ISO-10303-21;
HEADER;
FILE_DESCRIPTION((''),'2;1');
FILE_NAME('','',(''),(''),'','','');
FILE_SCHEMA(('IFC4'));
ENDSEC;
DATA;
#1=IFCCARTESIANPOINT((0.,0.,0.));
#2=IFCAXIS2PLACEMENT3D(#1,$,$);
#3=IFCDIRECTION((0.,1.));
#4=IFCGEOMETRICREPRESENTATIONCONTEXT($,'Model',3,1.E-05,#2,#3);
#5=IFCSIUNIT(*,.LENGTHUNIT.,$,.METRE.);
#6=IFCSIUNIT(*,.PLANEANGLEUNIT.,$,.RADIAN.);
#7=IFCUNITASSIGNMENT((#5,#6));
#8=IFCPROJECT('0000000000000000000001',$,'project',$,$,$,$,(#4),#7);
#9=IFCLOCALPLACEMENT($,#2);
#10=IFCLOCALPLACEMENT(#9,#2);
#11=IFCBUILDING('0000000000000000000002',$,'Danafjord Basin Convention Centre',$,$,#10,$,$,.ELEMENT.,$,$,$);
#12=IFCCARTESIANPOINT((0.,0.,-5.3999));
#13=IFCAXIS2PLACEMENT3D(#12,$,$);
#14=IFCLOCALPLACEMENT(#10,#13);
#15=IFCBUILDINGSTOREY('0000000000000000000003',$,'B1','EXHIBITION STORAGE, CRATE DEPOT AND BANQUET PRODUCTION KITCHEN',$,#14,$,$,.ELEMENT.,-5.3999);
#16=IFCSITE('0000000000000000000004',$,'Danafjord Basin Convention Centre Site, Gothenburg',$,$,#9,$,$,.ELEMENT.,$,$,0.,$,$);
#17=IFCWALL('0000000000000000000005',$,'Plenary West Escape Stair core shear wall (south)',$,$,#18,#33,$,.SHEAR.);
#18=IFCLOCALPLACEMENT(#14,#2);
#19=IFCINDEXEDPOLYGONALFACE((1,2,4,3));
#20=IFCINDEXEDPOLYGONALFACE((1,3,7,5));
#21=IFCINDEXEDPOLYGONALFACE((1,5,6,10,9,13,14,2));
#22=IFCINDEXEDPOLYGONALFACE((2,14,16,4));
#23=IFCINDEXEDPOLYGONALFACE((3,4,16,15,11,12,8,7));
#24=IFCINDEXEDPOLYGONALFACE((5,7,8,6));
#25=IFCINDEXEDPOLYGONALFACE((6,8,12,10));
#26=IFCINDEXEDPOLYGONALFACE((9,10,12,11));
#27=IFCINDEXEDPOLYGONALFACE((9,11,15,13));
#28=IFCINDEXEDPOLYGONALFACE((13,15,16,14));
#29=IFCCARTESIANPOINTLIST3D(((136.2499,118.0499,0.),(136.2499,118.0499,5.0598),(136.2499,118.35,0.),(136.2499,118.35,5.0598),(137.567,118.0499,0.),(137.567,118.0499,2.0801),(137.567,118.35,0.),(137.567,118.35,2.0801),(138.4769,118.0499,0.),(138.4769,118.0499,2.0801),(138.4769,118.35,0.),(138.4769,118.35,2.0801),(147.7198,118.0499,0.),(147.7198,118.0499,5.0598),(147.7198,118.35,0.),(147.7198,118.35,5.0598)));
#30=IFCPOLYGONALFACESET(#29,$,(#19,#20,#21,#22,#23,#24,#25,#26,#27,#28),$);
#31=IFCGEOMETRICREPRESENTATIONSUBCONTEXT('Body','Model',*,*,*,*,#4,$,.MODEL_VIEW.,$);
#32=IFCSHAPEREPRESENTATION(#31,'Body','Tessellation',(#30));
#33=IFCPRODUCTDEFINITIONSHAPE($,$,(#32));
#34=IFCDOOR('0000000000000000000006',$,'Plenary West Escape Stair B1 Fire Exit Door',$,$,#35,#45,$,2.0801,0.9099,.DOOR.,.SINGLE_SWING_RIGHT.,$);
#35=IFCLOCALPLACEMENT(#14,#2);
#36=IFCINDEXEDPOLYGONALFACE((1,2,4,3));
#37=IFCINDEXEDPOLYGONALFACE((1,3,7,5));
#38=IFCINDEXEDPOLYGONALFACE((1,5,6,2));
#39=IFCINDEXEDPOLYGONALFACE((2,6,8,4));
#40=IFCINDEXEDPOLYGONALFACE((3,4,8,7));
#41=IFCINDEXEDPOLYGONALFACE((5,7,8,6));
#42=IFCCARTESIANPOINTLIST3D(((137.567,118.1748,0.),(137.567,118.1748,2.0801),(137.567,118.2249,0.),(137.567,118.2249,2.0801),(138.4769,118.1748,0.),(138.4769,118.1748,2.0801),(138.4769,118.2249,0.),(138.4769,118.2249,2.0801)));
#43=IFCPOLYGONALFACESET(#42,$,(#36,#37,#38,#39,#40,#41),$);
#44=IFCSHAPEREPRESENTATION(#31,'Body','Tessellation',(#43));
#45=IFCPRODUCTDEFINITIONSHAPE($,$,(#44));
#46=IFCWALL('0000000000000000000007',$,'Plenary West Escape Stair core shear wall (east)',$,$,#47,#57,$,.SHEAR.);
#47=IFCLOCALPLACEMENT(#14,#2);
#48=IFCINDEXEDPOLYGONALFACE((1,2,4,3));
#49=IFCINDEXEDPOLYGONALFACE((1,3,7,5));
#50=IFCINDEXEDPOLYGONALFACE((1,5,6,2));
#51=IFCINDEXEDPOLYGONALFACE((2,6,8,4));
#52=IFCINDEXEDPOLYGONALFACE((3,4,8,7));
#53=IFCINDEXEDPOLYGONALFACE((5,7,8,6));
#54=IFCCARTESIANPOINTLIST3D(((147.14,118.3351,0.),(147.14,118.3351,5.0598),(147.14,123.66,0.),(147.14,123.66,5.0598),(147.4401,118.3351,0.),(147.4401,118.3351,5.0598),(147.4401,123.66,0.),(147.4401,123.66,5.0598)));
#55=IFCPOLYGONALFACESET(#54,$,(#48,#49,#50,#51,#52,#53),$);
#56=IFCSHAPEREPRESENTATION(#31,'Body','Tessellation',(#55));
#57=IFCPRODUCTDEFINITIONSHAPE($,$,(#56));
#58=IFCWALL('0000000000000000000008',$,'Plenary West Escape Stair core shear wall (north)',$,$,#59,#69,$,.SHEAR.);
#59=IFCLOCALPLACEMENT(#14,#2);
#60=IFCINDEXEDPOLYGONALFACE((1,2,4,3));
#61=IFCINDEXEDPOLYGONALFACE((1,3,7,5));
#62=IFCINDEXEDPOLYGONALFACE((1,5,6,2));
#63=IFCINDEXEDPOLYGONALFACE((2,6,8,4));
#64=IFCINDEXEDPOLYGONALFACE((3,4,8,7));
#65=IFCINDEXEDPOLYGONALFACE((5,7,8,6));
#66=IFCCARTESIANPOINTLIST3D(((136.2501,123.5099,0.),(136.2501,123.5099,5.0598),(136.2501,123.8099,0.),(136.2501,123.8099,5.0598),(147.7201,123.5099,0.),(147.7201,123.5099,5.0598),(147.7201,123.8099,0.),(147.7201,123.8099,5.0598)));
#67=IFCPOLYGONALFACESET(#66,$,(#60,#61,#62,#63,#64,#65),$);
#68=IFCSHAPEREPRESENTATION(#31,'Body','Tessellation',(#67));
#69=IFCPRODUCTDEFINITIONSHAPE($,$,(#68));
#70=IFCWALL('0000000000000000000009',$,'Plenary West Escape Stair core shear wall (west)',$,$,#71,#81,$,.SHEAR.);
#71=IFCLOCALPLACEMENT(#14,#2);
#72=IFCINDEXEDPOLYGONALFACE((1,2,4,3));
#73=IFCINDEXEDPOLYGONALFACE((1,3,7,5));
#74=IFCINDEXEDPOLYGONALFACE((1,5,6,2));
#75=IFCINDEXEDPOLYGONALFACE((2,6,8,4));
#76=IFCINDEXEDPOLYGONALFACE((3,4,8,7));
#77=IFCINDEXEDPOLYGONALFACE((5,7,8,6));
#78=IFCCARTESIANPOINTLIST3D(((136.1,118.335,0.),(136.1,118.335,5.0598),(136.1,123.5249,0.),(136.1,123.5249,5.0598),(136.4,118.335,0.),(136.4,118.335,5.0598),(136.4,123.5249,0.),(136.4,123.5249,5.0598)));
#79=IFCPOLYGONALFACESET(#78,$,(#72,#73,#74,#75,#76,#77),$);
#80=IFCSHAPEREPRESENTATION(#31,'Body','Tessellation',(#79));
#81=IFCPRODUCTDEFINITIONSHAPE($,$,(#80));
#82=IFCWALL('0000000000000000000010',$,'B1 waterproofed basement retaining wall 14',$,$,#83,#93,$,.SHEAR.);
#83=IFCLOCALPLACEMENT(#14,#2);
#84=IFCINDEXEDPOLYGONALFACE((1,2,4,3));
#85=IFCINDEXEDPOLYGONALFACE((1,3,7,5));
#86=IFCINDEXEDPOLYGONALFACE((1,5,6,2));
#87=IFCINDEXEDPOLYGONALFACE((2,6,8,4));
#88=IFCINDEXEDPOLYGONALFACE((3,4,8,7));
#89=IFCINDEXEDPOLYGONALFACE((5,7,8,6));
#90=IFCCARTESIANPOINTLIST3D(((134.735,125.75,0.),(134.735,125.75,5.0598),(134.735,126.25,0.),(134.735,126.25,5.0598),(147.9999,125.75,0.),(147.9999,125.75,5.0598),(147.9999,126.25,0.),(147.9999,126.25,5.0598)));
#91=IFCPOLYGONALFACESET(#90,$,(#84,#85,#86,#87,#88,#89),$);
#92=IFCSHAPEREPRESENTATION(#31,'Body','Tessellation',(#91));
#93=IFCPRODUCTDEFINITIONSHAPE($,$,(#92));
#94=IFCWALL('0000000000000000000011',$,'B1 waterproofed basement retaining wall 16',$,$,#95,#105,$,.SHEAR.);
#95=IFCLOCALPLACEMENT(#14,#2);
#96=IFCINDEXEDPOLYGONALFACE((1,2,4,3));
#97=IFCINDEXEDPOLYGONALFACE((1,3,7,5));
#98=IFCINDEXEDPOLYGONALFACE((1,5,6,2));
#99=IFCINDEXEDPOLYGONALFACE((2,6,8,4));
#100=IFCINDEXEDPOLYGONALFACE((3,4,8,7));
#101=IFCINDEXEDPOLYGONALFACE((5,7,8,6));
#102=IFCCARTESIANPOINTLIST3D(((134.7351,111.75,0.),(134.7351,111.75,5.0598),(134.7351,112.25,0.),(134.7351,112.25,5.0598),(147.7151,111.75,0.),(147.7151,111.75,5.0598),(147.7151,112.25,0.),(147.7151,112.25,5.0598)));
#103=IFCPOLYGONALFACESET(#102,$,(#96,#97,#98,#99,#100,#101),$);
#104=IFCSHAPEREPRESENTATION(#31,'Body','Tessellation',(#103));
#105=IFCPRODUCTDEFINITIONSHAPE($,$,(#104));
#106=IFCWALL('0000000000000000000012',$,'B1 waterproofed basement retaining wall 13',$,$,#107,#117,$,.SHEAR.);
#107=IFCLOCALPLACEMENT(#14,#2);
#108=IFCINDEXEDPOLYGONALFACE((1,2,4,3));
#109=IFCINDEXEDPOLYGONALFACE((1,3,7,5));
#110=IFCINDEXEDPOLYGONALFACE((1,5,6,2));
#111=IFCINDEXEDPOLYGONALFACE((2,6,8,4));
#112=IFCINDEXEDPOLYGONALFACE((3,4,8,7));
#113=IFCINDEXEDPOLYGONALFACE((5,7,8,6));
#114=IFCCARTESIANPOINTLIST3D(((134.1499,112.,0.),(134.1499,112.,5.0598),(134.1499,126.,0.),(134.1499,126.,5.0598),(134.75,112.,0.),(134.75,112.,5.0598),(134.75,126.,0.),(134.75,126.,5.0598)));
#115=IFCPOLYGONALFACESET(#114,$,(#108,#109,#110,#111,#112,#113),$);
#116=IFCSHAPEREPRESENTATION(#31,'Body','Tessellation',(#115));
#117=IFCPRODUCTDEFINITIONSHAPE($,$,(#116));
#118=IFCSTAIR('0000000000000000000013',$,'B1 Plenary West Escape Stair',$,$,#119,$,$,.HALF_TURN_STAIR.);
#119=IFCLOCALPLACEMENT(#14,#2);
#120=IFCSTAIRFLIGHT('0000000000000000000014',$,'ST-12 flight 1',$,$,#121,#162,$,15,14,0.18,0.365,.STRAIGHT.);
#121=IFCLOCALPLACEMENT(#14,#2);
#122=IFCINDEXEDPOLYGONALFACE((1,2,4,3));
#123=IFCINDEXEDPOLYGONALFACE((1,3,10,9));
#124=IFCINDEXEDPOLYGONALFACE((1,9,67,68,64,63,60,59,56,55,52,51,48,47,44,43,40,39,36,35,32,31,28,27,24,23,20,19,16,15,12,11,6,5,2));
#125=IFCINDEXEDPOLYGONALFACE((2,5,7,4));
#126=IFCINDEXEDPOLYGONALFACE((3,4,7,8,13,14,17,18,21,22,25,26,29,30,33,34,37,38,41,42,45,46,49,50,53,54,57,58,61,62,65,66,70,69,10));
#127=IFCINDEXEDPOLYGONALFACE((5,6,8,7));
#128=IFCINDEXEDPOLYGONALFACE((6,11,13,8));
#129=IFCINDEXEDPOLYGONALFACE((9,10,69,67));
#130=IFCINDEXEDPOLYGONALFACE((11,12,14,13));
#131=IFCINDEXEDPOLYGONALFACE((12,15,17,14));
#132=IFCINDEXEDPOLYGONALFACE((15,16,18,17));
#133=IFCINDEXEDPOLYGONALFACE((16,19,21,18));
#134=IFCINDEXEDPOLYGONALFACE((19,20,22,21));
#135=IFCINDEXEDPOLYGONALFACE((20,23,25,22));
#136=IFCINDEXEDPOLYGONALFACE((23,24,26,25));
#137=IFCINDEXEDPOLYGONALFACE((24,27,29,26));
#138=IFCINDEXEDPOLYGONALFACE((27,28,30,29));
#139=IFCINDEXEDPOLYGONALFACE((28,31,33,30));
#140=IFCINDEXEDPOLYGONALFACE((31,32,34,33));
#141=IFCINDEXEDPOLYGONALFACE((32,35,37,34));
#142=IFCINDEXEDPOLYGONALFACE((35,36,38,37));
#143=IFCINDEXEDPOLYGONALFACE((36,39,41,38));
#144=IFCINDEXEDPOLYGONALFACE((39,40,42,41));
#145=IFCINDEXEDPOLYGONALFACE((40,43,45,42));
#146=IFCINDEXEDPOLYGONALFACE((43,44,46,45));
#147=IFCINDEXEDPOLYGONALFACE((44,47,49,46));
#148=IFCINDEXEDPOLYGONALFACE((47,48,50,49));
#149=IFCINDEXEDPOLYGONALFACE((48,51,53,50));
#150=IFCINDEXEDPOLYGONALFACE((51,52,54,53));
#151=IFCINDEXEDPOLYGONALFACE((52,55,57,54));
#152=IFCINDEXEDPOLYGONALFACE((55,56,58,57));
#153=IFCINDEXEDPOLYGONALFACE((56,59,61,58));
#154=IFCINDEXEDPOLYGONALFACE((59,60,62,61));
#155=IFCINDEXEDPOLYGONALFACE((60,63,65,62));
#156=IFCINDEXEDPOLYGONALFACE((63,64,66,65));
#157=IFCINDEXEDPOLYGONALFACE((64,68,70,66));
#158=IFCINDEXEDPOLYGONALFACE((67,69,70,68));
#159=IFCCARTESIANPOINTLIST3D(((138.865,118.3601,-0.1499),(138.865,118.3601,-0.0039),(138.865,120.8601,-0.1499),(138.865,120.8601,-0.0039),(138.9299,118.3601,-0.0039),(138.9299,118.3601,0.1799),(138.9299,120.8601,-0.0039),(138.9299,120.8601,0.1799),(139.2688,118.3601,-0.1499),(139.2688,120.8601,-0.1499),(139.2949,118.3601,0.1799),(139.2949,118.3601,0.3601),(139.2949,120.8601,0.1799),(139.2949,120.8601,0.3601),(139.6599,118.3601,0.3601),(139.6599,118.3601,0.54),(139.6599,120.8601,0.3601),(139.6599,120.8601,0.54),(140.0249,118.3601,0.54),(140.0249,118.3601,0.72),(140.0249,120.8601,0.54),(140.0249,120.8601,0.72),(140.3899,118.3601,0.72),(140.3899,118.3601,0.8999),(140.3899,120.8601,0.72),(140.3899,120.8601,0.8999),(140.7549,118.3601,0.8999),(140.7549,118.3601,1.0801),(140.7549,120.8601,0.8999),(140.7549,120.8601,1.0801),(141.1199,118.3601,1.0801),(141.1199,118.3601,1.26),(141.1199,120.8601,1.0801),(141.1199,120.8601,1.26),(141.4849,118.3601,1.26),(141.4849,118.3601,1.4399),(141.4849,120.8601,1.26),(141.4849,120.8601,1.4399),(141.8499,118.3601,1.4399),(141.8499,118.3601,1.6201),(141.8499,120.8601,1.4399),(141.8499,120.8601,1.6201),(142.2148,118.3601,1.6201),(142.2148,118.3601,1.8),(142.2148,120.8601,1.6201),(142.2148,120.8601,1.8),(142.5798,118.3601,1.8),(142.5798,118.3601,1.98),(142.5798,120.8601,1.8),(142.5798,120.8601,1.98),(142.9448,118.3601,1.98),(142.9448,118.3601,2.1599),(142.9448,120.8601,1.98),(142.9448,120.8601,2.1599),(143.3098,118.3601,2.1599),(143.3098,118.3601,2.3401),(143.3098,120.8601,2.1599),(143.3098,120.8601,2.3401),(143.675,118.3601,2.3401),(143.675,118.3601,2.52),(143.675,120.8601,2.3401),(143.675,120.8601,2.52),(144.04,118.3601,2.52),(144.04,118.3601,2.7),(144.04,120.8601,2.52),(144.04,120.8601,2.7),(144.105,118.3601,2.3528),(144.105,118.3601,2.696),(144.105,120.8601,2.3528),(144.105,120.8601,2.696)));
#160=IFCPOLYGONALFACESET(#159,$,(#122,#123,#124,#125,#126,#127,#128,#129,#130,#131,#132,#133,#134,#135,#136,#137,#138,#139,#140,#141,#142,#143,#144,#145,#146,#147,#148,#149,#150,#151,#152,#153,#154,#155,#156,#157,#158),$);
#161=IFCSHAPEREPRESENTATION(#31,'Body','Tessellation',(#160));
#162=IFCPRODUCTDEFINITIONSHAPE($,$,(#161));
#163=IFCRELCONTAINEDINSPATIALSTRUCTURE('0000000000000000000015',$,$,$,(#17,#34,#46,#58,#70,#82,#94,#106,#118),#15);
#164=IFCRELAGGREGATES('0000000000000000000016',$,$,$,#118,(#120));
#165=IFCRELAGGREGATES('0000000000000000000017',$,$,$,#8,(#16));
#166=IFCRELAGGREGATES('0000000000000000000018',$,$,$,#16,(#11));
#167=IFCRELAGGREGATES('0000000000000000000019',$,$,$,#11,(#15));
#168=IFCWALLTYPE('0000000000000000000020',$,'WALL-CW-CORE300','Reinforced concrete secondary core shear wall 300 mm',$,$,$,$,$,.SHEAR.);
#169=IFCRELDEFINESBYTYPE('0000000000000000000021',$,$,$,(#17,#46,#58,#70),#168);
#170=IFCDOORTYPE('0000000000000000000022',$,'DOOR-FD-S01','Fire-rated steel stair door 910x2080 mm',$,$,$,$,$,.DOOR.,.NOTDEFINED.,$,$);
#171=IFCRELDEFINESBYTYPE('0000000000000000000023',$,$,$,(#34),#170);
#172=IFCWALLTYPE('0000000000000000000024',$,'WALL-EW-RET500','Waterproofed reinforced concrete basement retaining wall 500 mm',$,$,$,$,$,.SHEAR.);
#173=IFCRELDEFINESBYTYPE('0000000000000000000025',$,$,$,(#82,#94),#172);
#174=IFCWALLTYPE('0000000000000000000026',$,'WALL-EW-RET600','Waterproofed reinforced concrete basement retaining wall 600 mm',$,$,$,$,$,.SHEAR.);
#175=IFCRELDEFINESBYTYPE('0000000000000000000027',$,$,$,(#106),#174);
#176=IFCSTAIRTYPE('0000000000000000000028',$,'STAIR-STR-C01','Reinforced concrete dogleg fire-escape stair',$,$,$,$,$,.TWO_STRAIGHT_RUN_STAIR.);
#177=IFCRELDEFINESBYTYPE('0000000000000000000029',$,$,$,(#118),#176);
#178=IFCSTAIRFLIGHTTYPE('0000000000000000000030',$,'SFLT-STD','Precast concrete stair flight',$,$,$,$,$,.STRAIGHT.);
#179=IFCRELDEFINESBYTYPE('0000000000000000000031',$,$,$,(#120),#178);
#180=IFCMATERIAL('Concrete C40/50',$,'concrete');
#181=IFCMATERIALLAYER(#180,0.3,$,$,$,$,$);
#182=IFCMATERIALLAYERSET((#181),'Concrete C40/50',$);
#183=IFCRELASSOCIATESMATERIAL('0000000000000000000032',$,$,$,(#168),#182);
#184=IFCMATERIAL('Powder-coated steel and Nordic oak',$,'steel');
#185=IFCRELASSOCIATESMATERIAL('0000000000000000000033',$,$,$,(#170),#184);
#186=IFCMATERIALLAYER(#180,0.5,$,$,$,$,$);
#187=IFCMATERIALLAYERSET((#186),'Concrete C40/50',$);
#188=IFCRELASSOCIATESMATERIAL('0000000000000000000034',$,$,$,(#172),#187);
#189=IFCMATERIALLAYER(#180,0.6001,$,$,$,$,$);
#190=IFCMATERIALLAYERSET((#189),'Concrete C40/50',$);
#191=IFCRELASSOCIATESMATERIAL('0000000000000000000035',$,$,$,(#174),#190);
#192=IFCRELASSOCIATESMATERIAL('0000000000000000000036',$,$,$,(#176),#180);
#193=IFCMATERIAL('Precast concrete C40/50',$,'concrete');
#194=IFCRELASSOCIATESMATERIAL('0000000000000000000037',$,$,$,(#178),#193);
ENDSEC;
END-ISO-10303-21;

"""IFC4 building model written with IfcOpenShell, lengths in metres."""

from ifc_helpers import new_model, si_unit, direction, frame, frame_2d, origin, place, context, subcontext, project, spatial, polyline, rectangle, outline, extrude, material, layer, layer_set, type_object, element, fill, aggregate, save


model = new_model("IFC4")

# Units and contexts
model_context = context("Model", 3, precision=1e-05, world=origin(), true_north=direction((0.0, 1.0)))
body_context = subcontext(model_context, "Body", "Model", "MODEL_VIEW")
ifc_project = project(units=[si_unit("LENGTHUNIT", "METRE"), si_unit("PLANEANGLEUNIT", "RADIAN")], contexts=[model_context])

# Site, building, storey
site_placement = place(None, origin())
site = spatial("IfcSite", under=ifc_project, at=site_placement, Name="Danafjord Basin Convention Centre Site, Gothenburg", CompositionType="ELEMENT", RefElevation=0.0)
building_placement = place(site_placement, origin())
building = spatial("IfcBuilding", under=site, at=building_placement, Name="Danafjord Basin Convention Centre", CompositionType="ELEMENT")
storey_placement = place(building_placement, frame((0.0, 0.0, -5.3999)))
storey = spatial("IfcBuildingStorey", under=building, at=storey_placement, Name="B1", Description="EXHIBITION STORAGE, CRATE DEPOT AND BANQUET PRODUCTION KITCHEN", CompositionType="ELEMENT", Elevation=-5.3999)

# Shared definitions
ifc_material_1 = material(Name="Concrete C40/50", Category="concrete")

# Wall, opening, door
ifc_layer_1 = layer(ifc_material_1, 0.3)
ifc_layer_set_1 = layer_set([ifc_layer_1], Name="Concrete C40/50")
wall_type_1 = type_object("IfcWallType", Name="WALL-CW-CORE300", Description="Reinforced concrete secondary core shear wall 300 mm", PredefinedType="SHEAR", material=ifc_layer_set_1)
wall_1_placement = place(storey_placement, frame((136.25, 118.2, 0.0), z_axis=(0.0, 0.0, 1.0), x_axis=(1.0, 0.0, 0.0)))
wall_1 = element("IfcWall", 1, at=wall_1_placement, inside=storey, type_object=wall_type_1, Name="Plenary West Escape Stair core shear wall (south)", PredefinedType="SHEAR", context=body_context, shape_type="SweptSolid", body=[
    extrude(rectangle(XDim=11.47, YDim=0.3, at=frame_2d((5.7349, 0.0))), origin(), (0.0, 0.0, 1.0), 5.0598),
])
opening_placement = place(wall_1_placement, frame((1.3169, 0.0, 0.0)))
opening = element("IfcOpeningElement", 2, at=opening_placement, cuts=wall_1, PredefinedType="OPENING", context=body_context, shape_type="SweptSolid", body=[
    extrude(rectangle(XDim=0.9099, YDim=2.0801, at=frame_2d((0.4551, 1.04))), frame((0.0, 0.1599, 0.0), z_axis=(0.0, -1.0, 0.0), x_axis=(1.0, 0.0, 0.0)), (0.0, 0.0, 1.0), 0.3201),
])
ifc_material_2 = material(Name="Powder-coated steel and Nordic oak", Category="steel")
door_type = type_object("IfcDoorType", Name="DOOR-FD-S01", Description="Fire-rated steel stair door 910x2080 mm", OperationType="NOTDEFINED", PredefinedType="DOOR", material=ifc_material_2)
door_placement = place(opening_placement, origin())
door = element("IfcDoor", 3, at=door_placement, inside=storey, type_object=door_type, Name="Plenary West Escape Stair B1 Fire Exit Door", OperationType="SINGLE_SWING_RIGHT", OverallHeight=2.0801, OverallWidth=0.9099, PredefinedType="DOOR", context=body_context, shape_type="SweptSolid", body=[
    extrude(rectangle(XDim=0.9099, YDim=2.0801, at=frame_2d((0.4551, 1.04))), frame((0.0, 0.0249, 0.0), z_axis=(0.0, -1.0, 0.0), x_axis=(1.0, 0.0, 0.0)), (0.0, 0.0, 1.0), 0.05),
])
fill(opening, door)

# Walls
wall_2_placement = place(storey_placement, frame((147.29, 118.335, 0.0), z_axis=(0.0, 0.0, 1.0), x_axis=(0.0, 1.0, 0.0)))
element("IfcWall", 4, at=wall_2_placement, inside=storey, type_object=wall_type_1, Name="Plenary West Escape Stair core shear wall (east)", PredefinedType="SHEAR", context=body_context, shape_type="SweptSolid", body=[
    extrude(rectangle(XDim=5.325, YDim=0.3, at=frame_2d((2.6626, 0.0))), origin(), (0.0, 0.0, 1.0), 5.0598),
])
wall_3_placement = place(storey_placement, frame((147.72, 123.6599, 0.0), z_axis=(0.0, 0.0, 1.0), x_axis=(-1.0, 0.0, 0.0)))
element("IfcWall", 5, at=wall_3_placement, inside=storey, type_object=wall_type_1, Name="Plenary West Escape Stair core shear wall (north)", PredefinedType="SHEAR", context=body_context, shape_type="SweptSolid", body=[
    extrude(rectangle(XDim=11.47, YDim=0.3, at=frame_2d((5.7349, 0.0))), origin(), (0.0, 0.0, 1.0), 5.0598),
])
wall_4_placement = place(storey_placement, frame((136.25, 123.5249, 0.0), z_axis=(0.0, 0.0, 1.0), x_axis=(0.0, -1.0, 0.0)))
element("IfcWall", 6, at=wall_4_placement, inside=storey, type_object=wall_type_1, Name="Plenary West Escape Stair core shear wall (west)", PredefinedType="SHEAR", context=body_context, shape_type="SweptSolid", body=[
    extrude(rectangle(XDim=5.1899, YDim=0.3, at=frame_2d((2.595, 0.0))), origin(), (0.0, 0.0, 1.0), 5.0598),
])
ifc_layer_2 = layer(ifc_material_1, 0.5)
ifc_layer_set_2 = layer_set([ifc_layer_2], Name="Concrete C40/50")
wall_type_2 = type_object("IfcWallType", Name="WALL-EW-RET500", Description="Waterproofed reinforced concrete basement retaining wall 500 mm", PredefinedType="SHEAR", material=ifc_layer_set_2)
wall_5_placement = place(storey_placement, frame((134.7351, 126.0, 0.0), z_axis=(0.0, 0.0, 1.0), x_axis=(1.0, 0.0, 0.0)))
element("IfcWall", 7, at=wall_5_placement, inside=storey, type_object=wall_type_2, Name="B1 waterproofed basement retaining wall 14", PredefinedType="SHEAR", context=body_context, shape_type="SweptSolid", body=[
    extrude(rectangle(XDim=13.2649, YDim=0.5, at=frame_2d((6.6323, 0.0))), origin(), (0.0, 0.0, 1.0), 5.0598),
])
wall_6_placement = place(storey_placement, frame((147.7151, 112.0, 0.0), z_axis=(0.0, 0.0, 1.0), x_axis=(-1.0, 0.0, 0.0)))
element("IfcWall", 8, at=wall_6_placement, inside=storey, type_object=wall_type_2, Name="B1 waterproofed basement retaining wall 16", PredefinedType="SHEAR", context=body_context, shape_type="SweptSolid", body=[
    extrude(rectangle(XDim=12.98, YDim=0.5, at=frame_2d((6.49, 0.0))), origin(), (0.0, 0.0, 1.0), 5.0598),
])
ifc_layer_3 = layer(ifc_material_1, 0.6001)
ifc_layer_set_3 = layer_set([ifc_layer_3], Name="Concrete C40/50")
wall_type_3 = type_object("IfcWallType", Name="WALL-EW-RET600", Description="Waterproofed reinforced concrete basement retaining wall 600 mm", PredefinedType="SHEAR", material=ifc_layer_set_3)
wall_7_placement = place(storey_placement, frame((134.45, 112.0, 0.0), z_axis=(0.0, 0.0, 1.0), x_axis=(0.0, 1.0, 0.0)))
element("IfcWall", 9, at=wall_7_placement, inside=storey, type_object=wall_type_3, Name="B1 waterproofed basement retaining wall 13", PredefinedType="SHEAR", context=body_context, shape_type="SweptSolid", body=[
    extrude(rectangle(XDim=14.0, YDim=0.6001, at=frame_2d((7.0, 0.0))), origin(), (0.0, 0.0, 1.0), 5.0598),
])

# Stair, stair flight
stair_type = type_object("IfcStairType", Name="STAIR-STR-C01", Description="Reinforced concrete dogleg fire-escape stair", PredefinedType="TWO_STRAIGHT_RUN_STAIR", material=ifc_material_1)
stair_placement = place(storey_placement, origin())
stair = element("IfcStair", 10, at=stair_placement, inside=storey, type_object=stair_type, Name="B1 Plenary West Escape Stair", PredefinedType="HALF_TURN_STAIR")
ifc_material_3 = material(Name="Precast concrete C40/50", Category="concrete")
stair_flight_type = type_object("IfcStairFlightType", Name="SFLT-STD", Description="Precast concrete stair flight", PredefinedType="STRAIGHT", material=ifc_material_3)
stair_flight_1_placement = place(storey_placement, frame((138.9299, 119.6101, 0.0), z_axis=(0.0, 0.0, 1.0), x_axis=(1.0, 0.0, 0.0)))
stair_flight_1 = element("IfcStairFlight", 11, at=stair_flight_1_placement, type_object=stair_flight_type, Name="ST-12 flight 1", NumberOfRisers=15, NumberOfTreads=14, PredefinedType="STRAIGHT", RiserHeight=0.18, TreadLength=0.365, context=body_context, shape_type="SweptSolid", body=[
    extrude(outline(polyline([(-0.0649, -0.1499), (-0.0649, -0.0039), (0.0, -0.0039), (0.0, 0.1799), (0.365, 0.1799), (0.365, 0.3601), (0.73, 0.3601), (0.73, 0.54), (1.095, 0.54), (1.095, 0.72), (1.46, 0.72), (1.46, 0.8999), (1.825, 0.8999), (1.825, 1.0801), (2.1899, 1.0801), (2.1899, 1.26), (2.5549, 1.26), (2.5549, 1.4399), (2.9199, 1.4399), (2.9199, 1.6201), (3.2849, 1.6201), (3.2849, 1.8), (3.6499, 1.8), (3.6499, 1.98), (4.0149, 1.98), (4.0149, 2.1599), (4.3799, 2.1599), (4.3799, 2.3401), (4.7451, 2.3401), (4.7451, 2.52), (5.1101, 2.52), (5.1101, 2.7), (5.175, 2.696), (5.175, 2.3528), (0.3389, -0.1499), (-0.0649, -0.1499)])), frame((0.0, 1.25, 0.0), z_axis=(0.0, -1.0, 0.0), x_axis=(1.0, 0.0, 0.0)), (0.0, 0.0, 1.0), 2.5),
])
aggregate(stair, [stair_flight_1])

save(model, "model.ifc")
